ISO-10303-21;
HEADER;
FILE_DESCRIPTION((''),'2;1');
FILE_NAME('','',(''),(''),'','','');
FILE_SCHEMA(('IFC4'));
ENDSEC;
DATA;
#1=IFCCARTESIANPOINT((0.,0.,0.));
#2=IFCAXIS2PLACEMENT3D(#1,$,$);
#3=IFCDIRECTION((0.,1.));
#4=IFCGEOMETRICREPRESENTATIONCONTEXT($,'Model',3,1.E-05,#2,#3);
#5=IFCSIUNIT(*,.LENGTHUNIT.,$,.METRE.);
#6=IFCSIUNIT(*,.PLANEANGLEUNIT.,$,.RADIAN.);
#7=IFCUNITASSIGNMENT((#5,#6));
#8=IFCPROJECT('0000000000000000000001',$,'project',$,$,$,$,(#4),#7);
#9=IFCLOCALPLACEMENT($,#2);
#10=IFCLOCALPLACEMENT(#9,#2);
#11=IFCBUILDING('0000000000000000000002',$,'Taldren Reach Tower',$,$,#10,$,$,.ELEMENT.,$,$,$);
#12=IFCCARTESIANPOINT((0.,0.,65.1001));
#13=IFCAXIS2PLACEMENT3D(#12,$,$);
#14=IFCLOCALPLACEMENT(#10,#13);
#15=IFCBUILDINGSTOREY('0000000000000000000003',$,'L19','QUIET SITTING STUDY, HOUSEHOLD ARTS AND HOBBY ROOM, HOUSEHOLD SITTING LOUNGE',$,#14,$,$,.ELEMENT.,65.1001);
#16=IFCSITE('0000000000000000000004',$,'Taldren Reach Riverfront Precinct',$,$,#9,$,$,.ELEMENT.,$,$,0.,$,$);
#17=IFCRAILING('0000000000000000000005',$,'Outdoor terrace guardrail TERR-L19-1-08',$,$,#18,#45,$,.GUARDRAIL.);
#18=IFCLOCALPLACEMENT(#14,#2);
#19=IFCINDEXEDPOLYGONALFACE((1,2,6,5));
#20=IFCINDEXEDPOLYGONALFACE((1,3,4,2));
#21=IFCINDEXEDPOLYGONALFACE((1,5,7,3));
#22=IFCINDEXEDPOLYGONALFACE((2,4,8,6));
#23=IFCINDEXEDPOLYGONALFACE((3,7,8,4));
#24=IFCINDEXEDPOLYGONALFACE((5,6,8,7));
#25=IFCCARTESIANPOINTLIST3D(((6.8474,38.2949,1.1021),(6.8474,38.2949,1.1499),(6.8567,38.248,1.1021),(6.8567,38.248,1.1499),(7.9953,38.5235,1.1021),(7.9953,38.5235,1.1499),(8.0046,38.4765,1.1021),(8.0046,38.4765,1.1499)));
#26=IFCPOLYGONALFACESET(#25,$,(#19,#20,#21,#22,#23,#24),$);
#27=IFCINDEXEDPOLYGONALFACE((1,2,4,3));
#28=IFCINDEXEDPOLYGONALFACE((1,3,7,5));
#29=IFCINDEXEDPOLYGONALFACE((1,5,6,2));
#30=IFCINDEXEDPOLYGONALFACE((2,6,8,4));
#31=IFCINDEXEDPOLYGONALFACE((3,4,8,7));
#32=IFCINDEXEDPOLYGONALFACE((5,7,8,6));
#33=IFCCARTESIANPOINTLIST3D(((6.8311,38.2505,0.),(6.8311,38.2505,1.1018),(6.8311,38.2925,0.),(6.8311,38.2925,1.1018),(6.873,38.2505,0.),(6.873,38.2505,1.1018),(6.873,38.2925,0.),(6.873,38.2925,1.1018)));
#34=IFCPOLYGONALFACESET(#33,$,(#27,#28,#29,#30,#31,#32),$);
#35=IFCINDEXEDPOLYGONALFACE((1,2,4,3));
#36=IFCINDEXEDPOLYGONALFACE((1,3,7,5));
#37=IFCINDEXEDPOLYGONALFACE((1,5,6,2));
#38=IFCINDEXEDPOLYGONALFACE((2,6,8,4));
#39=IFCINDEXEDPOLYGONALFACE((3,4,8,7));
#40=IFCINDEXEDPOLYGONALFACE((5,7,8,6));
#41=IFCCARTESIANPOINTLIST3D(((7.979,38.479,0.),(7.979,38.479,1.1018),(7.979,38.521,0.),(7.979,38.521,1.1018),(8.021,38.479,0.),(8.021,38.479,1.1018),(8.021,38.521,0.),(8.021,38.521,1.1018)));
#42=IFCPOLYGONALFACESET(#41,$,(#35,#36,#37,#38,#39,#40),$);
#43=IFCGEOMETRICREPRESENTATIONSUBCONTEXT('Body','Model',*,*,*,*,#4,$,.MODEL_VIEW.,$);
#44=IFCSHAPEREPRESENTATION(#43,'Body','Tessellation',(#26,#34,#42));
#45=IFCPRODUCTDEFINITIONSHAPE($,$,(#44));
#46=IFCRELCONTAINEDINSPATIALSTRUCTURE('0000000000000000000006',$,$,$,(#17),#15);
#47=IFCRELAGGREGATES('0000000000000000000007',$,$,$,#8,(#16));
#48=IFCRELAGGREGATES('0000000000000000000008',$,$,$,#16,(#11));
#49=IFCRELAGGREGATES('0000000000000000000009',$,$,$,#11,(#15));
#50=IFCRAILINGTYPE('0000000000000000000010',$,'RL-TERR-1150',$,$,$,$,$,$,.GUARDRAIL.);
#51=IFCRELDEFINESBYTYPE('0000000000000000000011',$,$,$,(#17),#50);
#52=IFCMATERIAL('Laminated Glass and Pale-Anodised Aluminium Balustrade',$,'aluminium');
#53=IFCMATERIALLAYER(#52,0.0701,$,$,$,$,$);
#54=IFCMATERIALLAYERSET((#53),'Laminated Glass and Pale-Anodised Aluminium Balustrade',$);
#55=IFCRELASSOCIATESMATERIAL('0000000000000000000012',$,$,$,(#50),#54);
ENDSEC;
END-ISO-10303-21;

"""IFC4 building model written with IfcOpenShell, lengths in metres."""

from ifc_helpers import new_model, si_unit, direction, frame, origin, origin_2d, place, context, subcontext, project, spatial, rectangle, extrude, material, layer, layer_set, type_object, element, save


model = new_model("IFC4")

# Units and contexts
model_context = context("Model", 3, precision=1e-05, world=origin(), true_north=direction((0.0, 1.0)))
body_context = subcontext(model_context, "Body", "Model", "MODEL_VIEW")
ifc_project = project(units=[si_unit("LENGTHUNIT", "METRE"), si_unit("PLANEANGLEUNIT", "RADIAN")], contexts=[model_context])

# Site, building, storey
site_placement = place(None, origin())
site = spatial("IfcSite", under=ifc_project, at=site_placement, Name="Taldren Reach Riverfront Precinct", CompositionType="ELEMENT", RefElevation=0.0)
building_placement = place(site_placement, origin())
building = spatial("IfcBuilding", under=site, at=building_placement, Name="Taldren Reach Tower", CompositionType="ELEMENT")
storey_placement = place(building_placement, frame((0.0, 0.0, 65.1001)))
storey = spatial("IfcBuildingStorey", under=building, at=storey_placement, Name="L19", Description="QUIET SITTING STUDY, HOUSEHOLD ARTS AND HOBBY ROOM, HOUSEHOLD SITTING LOUNGE", CompositionType="ELEMENT", Elevation=65.1001)

# Railing
ifc_material_1 = material(Name="Laminated Glass and Pale-Anodised Aluminium Balustrade", Category="aluminium")
ifc_layer_1 = layer(ifc_material_1, 0.0701)
ifc_layer_set_1 = layer_set([ifc_layer_1], Name="Laminated Glass and Pale-Anodised Aluminium Balustrade")
railing_type = type_object("IfcRailingType", Name="RL-TERR-1150", PredefinedType="GUARDRAIL", material=ifc_layer_set_1)
railing_1_placement = place(storey_placement, frame((6.8521, 38.2715, 0.0)))
element("IfcRailing", 1, at=railing_1_placement, inside=storey, type_object=railing_type, Name="Outdoor terrace guardrail TERR-L19-1-08", PredefinedType="GUARDRAIL", context=body_context, shape_type="SweptSolid", body=[
    extrude(rectangle(XDim=0.0479, YDim=0.0479, at=origin_2d()), frame((0.0, 0.0, 1.126), z_axis=(0.980757, 0.195234, 0.0), x_axis=(-0.195234, 0.980757, 0.0)), (0.0, 0.0, 1.0), 1.1704),
    extrude(rectangle(XDim=0.042, YDim=0.042, at=origin_2d()), origin(), (0.0, 0.0, 1.0), 1.1018),
    extrude(rectangle(XDim=0.042, YDim=0.042, at=origin_2d()), frame((1.1479, 0.2285, 0.0)), (0.0, 0.0, 1.0), 1.1018),
])

save(model, "model.ifc")
